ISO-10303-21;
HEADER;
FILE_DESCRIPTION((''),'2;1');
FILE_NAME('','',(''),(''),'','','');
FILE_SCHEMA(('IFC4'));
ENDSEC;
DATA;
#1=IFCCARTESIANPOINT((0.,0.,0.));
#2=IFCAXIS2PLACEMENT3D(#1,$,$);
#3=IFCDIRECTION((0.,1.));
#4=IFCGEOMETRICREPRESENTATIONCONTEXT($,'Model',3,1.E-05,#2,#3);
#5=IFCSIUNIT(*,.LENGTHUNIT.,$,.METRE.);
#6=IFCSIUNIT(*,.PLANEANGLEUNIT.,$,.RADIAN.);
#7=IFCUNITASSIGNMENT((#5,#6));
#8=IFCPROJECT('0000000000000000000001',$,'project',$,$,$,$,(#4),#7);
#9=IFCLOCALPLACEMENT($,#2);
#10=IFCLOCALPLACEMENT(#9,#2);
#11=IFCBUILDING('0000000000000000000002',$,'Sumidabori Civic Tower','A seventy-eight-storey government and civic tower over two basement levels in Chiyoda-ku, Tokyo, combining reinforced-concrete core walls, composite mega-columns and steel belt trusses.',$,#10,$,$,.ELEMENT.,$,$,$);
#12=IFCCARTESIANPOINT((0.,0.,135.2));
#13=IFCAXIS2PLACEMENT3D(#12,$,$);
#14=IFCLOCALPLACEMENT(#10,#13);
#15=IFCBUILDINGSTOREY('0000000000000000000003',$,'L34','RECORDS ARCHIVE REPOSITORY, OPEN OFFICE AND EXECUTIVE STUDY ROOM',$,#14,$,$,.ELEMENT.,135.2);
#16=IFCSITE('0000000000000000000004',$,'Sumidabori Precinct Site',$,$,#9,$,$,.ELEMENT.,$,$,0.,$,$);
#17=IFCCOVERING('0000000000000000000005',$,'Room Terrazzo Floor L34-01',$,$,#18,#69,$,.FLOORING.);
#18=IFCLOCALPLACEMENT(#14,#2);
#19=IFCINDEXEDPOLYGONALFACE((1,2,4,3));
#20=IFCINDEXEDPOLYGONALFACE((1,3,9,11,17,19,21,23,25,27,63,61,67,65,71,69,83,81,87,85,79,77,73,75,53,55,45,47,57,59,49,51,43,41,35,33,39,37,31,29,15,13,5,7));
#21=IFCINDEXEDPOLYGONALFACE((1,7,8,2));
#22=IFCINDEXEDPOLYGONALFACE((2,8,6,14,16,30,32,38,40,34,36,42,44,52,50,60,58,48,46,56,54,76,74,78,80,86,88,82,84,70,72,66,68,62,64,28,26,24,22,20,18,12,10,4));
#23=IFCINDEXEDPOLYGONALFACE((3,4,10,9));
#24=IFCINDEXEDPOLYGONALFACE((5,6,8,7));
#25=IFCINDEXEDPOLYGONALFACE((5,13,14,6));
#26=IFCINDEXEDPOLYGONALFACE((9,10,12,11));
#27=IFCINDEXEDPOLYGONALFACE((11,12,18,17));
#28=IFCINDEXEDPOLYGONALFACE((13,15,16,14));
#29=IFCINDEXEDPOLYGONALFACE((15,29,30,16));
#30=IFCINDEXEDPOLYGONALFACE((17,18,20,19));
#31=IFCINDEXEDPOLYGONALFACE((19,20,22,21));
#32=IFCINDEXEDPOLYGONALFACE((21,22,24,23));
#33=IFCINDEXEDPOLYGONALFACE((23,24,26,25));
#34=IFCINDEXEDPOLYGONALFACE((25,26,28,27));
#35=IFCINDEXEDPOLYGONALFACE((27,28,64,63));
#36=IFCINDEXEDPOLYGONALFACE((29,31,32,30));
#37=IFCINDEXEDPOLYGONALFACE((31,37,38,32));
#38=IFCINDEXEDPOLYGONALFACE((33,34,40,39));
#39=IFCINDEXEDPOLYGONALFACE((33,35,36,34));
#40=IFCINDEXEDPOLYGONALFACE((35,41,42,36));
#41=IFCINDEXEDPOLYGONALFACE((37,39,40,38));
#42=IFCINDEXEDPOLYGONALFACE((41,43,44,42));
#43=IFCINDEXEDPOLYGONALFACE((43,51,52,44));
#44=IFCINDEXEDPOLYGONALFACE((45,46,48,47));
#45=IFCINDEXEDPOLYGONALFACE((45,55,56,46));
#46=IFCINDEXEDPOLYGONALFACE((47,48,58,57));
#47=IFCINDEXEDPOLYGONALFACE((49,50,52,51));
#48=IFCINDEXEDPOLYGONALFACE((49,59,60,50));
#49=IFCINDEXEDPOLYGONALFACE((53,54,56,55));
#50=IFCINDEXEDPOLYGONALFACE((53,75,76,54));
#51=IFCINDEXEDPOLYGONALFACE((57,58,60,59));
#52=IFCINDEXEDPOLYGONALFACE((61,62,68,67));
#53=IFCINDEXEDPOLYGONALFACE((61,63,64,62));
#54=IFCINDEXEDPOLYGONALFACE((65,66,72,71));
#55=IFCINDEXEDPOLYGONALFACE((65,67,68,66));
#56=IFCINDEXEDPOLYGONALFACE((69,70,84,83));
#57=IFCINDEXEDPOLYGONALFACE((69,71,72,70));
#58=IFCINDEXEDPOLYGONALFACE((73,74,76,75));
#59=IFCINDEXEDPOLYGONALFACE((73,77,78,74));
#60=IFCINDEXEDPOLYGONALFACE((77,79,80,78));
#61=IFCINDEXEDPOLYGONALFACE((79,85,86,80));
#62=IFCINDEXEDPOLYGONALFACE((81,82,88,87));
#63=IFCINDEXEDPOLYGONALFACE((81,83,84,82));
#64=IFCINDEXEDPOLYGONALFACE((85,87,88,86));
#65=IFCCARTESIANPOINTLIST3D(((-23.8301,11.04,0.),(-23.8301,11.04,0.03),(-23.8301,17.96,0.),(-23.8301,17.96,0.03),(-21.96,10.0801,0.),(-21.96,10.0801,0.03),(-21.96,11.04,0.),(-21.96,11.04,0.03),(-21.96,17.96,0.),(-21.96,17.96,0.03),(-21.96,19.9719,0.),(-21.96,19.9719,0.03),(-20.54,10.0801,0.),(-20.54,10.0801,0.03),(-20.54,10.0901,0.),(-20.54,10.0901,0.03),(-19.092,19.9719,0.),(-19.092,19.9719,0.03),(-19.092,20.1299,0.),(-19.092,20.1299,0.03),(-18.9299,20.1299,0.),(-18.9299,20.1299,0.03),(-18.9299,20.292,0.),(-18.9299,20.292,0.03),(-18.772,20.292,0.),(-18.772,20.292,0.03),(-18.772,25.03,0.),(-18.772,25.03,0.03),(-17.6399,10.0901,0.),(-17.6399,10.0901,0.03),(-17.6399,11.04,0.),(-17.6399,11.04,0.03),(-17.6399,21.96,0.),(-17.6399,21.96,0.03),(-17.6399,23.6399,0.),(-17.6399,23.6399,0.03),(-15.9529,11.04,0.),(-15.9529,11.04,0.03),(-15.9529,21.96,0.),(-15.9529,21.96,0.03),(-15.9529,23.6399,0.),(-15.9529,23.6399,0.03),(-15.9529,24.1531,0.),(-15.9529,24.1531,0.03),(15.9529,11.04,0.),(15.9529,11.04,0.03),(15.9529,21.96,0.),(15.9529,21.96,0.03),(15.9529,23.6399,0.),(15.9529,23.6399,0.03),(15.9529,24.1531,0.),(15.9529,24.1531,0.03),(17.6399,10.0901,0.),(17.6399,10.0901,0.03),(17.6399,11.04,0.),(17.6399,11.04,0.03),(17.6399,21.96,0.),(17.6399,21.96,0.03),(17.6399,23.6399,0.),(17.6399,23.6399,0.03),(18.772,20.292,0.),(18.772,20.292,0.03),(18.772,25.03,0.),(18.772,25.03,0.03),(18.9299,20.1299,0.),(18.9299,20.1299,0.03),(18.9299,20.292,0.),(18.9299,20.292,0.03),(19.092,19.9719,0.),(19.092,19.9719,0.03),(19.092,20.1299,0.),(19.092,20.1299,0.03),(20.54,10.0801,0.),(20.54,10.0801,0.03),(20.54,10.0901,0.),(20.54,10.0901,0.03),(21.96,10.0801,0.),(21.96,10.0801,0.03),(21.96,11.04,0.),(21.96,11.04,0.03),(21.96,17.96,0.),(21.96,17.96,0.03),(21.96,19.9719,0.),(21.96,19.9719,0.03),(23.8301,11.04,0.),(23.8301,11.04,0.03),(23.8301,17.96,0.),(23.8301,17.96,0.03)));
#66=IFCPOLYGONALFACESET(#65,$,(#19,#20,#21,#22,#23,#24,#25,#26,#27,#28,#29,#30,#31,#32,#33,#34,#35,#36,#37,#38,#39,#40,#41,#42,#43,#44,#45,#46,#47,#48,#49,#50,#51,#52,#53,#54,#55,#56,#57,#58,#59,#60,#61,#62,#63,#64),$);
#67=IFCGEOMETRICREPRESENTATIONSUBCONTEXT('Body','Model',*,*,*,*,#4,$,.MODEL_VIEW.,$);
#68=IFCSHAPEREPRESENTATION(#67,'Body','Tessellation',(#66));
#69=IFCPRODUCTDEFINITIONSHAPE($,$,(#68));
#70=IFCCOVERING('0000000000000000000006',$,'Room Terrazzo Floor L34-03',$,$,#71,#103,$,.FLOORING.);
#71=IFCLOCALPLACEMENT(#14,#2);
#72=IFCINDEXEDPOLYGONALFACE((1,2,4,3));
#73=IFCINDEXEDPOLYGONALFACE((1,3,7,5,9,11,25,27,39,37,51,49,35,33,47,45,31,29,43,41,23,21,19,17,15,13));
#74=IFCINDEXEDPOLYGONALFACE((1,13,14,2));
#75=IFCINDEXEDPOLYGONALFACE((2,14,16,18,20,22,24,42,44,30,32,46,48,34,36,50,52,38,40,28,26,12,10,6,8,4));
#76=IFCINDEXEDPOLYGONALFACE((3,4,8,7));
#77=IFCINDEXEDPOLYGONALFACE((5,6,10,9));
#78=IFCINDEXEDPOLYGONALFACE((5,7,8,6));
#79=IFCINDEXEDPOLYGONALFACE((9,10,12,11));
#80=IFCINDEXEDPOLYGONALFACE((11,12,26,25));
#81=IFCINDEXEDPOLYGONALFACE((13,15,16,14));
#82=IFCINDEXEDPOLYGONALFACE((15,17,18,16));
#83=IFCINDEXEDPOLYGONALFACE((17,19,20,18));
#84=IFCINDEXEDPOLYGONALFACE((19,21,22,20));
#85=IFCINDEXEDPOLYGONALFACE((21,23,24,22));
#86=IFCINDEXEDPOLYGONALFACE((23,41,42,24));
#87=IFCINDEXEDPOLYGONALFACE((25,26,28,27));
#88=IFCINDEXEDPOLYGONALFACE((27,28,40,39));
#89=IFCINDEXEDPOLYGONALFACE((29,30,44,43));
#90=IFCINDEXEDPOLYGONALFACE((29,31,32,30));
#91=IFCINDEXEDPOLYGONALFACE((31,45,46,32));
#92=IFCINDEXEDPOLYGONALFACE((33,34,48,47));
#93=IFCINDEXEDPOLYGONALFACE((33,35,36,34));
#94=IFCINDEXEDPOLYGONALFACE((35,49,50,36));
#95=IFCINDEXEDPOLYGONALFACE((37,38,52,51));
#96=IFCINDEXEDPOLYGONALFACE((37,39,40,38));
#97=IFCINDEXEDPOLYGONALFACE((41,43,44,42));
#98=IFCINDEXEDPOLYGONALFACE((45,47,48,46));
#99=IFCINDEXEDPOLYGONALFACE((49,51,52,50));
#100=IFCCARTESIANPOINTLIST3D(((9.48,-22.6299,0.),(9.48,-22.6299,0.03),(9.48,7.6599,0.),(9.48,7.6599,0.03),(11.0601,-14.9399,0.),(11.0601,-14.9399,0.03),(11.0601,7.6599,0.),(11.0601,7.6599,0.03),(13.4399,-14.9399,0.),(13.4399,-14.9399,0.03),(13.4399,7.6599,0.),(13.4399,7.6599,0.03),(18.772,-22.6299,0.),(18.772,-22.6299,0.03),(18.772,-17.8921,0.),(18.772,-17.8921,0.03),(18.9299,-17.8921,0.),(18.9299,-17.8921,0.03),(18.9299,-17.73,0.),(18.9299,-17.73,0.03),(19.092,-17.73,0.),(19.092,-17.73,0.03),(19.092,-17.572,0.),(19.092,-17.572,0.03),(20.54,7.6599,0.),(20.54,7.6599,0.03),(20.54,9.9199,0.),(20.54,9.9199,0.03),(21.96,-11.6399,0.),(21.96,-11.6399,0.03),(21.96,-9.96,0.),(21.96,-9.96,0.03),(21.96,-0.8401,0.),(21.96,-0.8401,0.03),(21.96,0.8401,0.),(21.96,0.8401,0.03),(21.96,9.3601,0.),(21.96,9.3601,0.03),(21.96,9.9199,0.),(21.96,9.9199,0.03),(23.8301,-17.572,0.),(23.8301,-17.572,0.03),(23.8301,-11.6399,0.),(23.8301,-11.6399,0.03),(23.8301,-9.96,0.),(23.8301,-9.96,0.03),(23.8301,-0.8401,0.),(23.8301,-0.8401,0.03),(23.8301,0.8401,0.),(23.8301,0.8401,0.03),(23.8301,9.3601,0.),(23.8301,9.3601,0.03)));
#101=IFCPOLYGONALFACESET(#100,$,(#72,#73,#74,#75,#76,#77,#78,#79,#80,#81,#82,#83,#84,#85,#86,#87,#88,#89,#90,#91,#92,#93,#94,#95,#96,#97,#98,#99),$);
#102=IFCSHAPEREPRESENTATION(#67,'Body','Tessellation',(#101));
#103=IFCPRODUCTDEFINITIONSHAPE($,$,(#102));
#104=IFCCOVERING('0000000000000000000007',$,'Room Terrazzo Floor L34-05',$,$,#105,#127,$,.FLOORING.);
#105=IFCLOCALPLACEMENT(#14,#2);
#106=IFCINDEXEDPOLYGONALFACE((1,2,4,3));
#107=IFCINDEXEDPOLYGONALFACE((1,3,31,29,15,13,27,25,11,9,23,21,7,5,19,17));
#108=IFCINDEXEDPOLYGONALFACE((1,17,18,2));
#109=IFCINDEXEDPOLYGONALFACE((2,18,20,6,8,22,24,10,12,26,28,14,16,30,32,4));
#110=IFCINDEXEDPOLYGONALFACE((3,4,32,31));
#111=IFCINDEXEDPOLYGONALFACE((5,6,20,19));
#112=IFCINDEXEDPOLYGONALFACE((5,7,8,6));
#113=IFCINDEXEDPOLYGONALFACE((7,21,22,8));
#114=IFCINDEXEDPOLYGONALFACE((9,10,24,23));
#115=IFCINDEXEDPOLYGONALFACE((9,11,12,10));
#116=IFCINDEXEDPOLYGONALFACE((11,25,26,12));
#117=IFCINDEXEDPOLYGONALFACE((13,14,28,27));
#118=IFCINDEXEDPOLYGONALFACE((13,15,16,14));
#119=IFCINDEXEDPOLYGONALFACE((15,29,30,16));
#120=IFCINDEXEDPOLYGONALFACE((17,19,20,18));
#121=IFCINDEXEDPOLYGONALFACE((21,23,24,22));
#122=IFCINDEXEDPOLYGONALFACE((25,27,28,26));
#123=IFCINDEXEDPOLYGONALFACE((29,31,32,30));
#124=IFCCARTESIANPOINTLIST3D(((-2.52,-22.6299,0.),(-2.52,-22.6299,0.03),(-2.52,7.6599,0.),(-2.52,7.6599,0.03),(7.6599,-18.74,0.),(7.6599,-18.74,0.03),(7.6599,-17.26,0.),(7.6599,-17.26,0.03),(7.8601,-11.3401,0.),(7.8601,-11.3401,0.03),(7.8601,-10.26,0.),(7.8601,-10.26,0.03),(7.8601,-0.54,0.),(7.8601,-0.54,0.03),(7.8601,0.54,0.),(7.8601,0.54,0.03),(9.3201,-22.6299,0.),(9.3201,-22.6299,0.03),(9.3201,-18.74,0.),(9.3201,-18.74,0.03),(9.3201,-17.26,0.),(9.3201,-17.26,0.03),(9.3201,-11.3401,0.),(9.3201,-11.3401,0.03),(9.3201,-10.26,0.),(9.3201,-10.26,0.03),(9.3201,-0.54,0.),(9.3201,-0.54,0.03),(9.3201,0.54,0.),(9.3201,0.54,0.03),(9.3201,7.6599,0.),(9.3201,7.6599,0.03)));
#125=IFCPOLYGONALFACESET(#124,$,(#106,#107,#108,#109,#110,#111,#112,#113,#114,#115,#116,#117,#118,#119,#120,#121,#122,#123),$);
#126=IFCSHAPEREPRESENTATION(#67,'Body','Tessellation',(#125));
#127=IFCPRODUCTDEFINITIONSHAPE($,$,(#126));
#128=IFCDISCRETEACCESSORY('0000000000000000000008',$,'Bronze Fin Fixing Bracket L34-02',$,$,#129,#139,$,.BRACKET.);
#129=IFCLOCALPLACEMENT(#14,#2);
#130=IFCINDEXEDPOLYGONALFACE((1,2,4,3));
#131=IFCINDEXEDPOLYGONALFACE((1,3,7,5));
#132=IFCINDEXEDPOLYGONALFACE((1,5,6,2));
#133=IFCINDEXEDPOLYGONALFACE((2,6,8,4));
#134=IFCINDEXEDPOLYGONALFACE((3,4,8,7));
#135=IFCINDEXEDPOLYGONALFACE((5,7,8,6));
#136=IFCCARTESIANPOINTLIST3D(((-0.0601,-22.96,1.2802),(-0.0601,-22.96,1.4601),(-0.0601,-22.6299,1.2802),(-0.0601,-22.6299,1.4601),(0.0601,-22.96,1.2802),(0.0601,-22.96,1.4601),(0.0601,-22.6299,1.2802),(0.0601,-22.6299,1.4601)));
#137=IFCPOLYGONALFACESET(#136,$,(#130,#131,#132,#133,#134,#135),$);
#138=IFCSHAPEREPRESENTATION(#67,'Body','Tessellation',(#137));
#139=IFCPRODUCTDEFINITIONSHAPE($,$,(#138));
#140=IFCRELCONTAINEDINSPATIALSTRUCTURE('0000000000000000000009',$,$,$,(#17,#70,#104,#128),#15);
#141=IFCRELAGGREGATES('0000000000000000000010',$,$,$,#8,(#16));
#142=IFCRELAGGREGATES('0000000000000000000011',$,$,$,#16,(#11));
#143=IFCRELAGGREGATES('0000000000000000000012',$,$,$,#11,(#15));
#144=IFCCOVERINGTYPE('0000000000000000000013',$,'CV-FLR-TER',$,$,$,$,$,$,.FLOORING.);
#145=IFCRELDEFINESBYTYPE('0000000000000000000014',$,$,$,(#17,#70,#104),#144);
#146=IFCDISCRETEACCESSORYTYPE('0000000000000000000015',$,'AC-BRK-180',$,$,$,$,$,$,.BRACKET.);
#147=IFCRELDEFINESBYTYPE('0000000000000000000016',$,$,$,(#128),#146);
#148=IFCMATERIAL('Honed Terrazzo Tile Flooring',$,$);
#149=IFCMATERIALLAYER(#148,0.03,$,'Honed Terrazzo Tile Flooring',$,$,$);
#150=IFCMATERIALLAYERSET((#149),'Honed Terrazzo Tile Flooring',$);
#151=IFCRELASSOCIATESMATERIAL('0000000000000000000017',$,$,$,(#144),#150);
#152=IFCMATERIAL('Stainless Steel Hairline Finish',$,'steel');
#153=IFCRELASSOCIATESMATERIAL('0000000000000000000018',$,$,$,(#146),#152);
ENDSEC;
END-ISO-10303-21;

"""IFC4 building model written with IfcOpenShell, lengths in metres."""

from ifc_helpers import new_model, si_unit, direction, frame, origin, origin_2d, place, context, subcontext, project, spatial, polyline, rectangle, outline, extrude, source, transform, mapped, material, layer, layer_set, material_profile, profile_set, type_object, element, save


model = new_model("IFC4")

# Units and contexts
model_context = context("Model", 3, precision=1e-05, world=origin(), true_north=direction((0.0, 1.0)))
body_context = subcontext(model_context, "Body", "Model", "MODEL_VIEW")
ifc_project = project(units=[si_unit("LENGTHUNIT", "METRE"), si_unit("PLANEANGLEUNIT", "RADIAN")], contexts=[model_context])

# Site, building, storey
site_placement = place(None, origin())
site = spatial("IfcSite", under=ifc_project, at=site_placement, Name="Sumidabori Precinct Site", CompositionType="ELEMENT", RefElevation=0.0)
building_placement = place(site_placement, origin())
building = spatial("IfcBuilding", under=site, at=building_placement, Name="Sumidabori Civic Tower", Description="A seventy-eight-storey government and civic tower over two basement levels in Chiyoda-ku, Tokyo, combining reinforced-concrete core walls, composite mega-columns and steel belt trusses.", CompositionType="ELEMENT")
storey_placement = place(building_placement, frame((0.0, 0.0, 135.2)))
storey = spatial("IfcBuildingStorey", under=building, at=storey_placement, Name="L34", Description="RECORDS ARCHIVE REPOSITORY, OPEN OFFICE AND EXECUTIVE STUDY ROOM", CompositionType="ELEMENT", Elevation=135.2)

# Coverings
ifc_material_1 = material(Name="Honed Terrazzo Tile Flooring")
ifc_layer_1 = layer(ifc_material_1, 0.03, Name="Honed Terrazzo Tile Flooring")
ifc_layer_set_1 = layer_set([ifc_layer_1], Name="Honed Terrazzo Tile Flooring")
covering_type_1 = type_object("IfcCoveringType", Name="CV-FLR-TER", PredefinedType="FLOORING", material=ifc_layer_set_1)
covering_1_placement = place(storey_placement, origin())
element("IfcCovering", 1, at=covering_1_placement, inside=storey, type_object=covering_type_1, Name="Room Terrazzo Floor L34-01", PredefinedType="FLOORING", context=body_context, shape_type="SweptSolid", body=[
    extrude(outline(polyline([(-23.8301, 17.96), (-21.96, 17.96), (-21.96, 19.9719), (-19.092, 19.9719), (-19.092, 20.1299), (-18.9299, 20.1299), (-18.9299, 20.292), (-18.772, 20.292), (-18.772, 25.03), (18.772, 25.03), (18.772, 20.292), (18.9299, 20.292), (18.9299, 20.1299), (19.092, 20.1299), (19.092, 19.9719), (21.96, 19.9719), (21.96, 17.96), (23.8301, 17.96), (23.8301, 11.04), (21.96, 11.04), (21.96, 10.0801), (20.54, 10.0801), (20.54, 10.0901), (17.6399, 10.0901), (17.6399, 11.04), (15.9529, 11.04), (15.9529, 21.96), (17.6399, 21.96), (17.6399, 23.6399), (15.9529, 23.6399), (15.9529, 24.1531), (-15.9529, 24.1531), (-15.9529, 23.6399), (-17.6399, 23.6399), (-17.6399, 21.96), (-15.9529, 21.96), (-15.9529, 11.04), (-17.6399, 11.04), (-17.6399, 10.0901), (-20.54, 10.0901), (-20.54, 10.0801), (-21.96, 10.0801), (-21.96, 11.04), (-23.8301, 11.04), (-23.8301, 17.96)])), origin(), (0.0, 0.0, 1.0), 0.03),
])
covering_2_placement = place(storey_placement, origin())
element("IfcCovering", 2, at=covering_2_placement, inside=storey, type_object=covering_type_1, Name="Room Terrazzo Floor L34-03", PredefinedType="FLOORING", context=body_context, shape_type="SweptSolid", body=[
    extrude(outline(polyline([(18.772, -22.6299), (9.48, -22.6299), (9.48, 7.6599), (11.0601, 7.6599), (11.0601, -14.9399), (13.4399, -14.9399), (13.4399, 7.6599), (20.54, 7.6599), (20.54, 9.9199), (21.96, 9.9199), (21.96, 9.3601), (23.8301, 9.3601), (23.8301, 0.8401), (21.96, 0.8401), (21.96, -0.8401), (23.8301, -0.8401), (23.8301, -9.96), (21.96, -9.96), (21.96, -11.6399), (23.8301, -11.6399), (23.8301, -17.572), (19.092, -17.572), (19.092, -17.73), (18.9299, -17.73), (18.9299, -17.8921), (18.772, -17.8921), (18.772, -22.6299)])), origin(), (0.0, 0.0, 1.0), 0.03),
])
covering_3_placement = place(storey_placement, origin())
element("IfcCovering", 3, at=covering_3_placement, inside=storey, type_object=covering_type_1, Name="Room Terrazzo Floor L34-05", PredefinedType="FLOORING", context=body_context, shape_type="SweptSolid", body=[
    extrude(outline(polyline([(-2.52, -22.6299), (-2.52, 7.6599), (9.3201, 7.6599), (9.3201, 0.54), (7.8601, 0.54), (7.8601, -0.54), (9.3201, -0.54), (9.3201, -10.26), (7.8601, -10.26), (7.8601, -11.3401), (9.3201, -11.3401), (9.3201, -17.26), (7.6599, -17.26), (7.6599, -18.74), (9.3201, -18.74), (9.3201, -22.6299), (-2.52, -22.6299)])), origin(), (0.0, 0.0, 1.0), 0.03),
])

# Discrete accessory
ifc_material_2 = material(Name="Stainless Steel Hairline Finish", Category="steel")
ifc_material_profile_1 = material_profile(ifc_material_2, rectangle(XDim=0.1201, YDim=0.1799, at=origin_2d()), Name="STEEL BRACKET 180x120")
ifc_profile_set_1 = profile_set([ifc_material_profile_1], Name="Stainless Steel Hairline Finish")
discrete_accessory_type = type_object("IfcDiscreteAccessoryType", Name="AC-BRK-180", PredefinedType="BRACKET", material=ifc_profile_set_1)
shared_shape_1 = source(origin(), body_context, "Body", "SweptSolid", [
    extrude(rectangle(XDim=0.1201, YDim=0.1799, at=origin_2d()), origin(), (0.0, 0.0, 1.0), 0.3301),
])
discrete_accessory_placement = place(storey_placement, frame((0.0, -22.6299, 1.3701), z_axis=(0.0, -1.0, 0.0), x_axis=(1.0, 0.0, 0.0)))
element("IfcDiscreteAccessory", 4, at=discrete_accessory_placement, inside=storey, type_object=discrete_accessory_type, Name="Bronze Fin Fixing Bracket L34-02", PredefinedType="BRACKET", context=body_context, shape_type="MappedRepresentation", body=[
    mapped(shared_shape_1, transform((0.0, 0.0, 0.0), x_axis=(1.0, 0.0, 0.0), y_axis=(0.0, 1.0, 0.0), z_axis=(0.0, 0.0, 1.0), scale=1.0)),
])

save(model, "model.ifc")
